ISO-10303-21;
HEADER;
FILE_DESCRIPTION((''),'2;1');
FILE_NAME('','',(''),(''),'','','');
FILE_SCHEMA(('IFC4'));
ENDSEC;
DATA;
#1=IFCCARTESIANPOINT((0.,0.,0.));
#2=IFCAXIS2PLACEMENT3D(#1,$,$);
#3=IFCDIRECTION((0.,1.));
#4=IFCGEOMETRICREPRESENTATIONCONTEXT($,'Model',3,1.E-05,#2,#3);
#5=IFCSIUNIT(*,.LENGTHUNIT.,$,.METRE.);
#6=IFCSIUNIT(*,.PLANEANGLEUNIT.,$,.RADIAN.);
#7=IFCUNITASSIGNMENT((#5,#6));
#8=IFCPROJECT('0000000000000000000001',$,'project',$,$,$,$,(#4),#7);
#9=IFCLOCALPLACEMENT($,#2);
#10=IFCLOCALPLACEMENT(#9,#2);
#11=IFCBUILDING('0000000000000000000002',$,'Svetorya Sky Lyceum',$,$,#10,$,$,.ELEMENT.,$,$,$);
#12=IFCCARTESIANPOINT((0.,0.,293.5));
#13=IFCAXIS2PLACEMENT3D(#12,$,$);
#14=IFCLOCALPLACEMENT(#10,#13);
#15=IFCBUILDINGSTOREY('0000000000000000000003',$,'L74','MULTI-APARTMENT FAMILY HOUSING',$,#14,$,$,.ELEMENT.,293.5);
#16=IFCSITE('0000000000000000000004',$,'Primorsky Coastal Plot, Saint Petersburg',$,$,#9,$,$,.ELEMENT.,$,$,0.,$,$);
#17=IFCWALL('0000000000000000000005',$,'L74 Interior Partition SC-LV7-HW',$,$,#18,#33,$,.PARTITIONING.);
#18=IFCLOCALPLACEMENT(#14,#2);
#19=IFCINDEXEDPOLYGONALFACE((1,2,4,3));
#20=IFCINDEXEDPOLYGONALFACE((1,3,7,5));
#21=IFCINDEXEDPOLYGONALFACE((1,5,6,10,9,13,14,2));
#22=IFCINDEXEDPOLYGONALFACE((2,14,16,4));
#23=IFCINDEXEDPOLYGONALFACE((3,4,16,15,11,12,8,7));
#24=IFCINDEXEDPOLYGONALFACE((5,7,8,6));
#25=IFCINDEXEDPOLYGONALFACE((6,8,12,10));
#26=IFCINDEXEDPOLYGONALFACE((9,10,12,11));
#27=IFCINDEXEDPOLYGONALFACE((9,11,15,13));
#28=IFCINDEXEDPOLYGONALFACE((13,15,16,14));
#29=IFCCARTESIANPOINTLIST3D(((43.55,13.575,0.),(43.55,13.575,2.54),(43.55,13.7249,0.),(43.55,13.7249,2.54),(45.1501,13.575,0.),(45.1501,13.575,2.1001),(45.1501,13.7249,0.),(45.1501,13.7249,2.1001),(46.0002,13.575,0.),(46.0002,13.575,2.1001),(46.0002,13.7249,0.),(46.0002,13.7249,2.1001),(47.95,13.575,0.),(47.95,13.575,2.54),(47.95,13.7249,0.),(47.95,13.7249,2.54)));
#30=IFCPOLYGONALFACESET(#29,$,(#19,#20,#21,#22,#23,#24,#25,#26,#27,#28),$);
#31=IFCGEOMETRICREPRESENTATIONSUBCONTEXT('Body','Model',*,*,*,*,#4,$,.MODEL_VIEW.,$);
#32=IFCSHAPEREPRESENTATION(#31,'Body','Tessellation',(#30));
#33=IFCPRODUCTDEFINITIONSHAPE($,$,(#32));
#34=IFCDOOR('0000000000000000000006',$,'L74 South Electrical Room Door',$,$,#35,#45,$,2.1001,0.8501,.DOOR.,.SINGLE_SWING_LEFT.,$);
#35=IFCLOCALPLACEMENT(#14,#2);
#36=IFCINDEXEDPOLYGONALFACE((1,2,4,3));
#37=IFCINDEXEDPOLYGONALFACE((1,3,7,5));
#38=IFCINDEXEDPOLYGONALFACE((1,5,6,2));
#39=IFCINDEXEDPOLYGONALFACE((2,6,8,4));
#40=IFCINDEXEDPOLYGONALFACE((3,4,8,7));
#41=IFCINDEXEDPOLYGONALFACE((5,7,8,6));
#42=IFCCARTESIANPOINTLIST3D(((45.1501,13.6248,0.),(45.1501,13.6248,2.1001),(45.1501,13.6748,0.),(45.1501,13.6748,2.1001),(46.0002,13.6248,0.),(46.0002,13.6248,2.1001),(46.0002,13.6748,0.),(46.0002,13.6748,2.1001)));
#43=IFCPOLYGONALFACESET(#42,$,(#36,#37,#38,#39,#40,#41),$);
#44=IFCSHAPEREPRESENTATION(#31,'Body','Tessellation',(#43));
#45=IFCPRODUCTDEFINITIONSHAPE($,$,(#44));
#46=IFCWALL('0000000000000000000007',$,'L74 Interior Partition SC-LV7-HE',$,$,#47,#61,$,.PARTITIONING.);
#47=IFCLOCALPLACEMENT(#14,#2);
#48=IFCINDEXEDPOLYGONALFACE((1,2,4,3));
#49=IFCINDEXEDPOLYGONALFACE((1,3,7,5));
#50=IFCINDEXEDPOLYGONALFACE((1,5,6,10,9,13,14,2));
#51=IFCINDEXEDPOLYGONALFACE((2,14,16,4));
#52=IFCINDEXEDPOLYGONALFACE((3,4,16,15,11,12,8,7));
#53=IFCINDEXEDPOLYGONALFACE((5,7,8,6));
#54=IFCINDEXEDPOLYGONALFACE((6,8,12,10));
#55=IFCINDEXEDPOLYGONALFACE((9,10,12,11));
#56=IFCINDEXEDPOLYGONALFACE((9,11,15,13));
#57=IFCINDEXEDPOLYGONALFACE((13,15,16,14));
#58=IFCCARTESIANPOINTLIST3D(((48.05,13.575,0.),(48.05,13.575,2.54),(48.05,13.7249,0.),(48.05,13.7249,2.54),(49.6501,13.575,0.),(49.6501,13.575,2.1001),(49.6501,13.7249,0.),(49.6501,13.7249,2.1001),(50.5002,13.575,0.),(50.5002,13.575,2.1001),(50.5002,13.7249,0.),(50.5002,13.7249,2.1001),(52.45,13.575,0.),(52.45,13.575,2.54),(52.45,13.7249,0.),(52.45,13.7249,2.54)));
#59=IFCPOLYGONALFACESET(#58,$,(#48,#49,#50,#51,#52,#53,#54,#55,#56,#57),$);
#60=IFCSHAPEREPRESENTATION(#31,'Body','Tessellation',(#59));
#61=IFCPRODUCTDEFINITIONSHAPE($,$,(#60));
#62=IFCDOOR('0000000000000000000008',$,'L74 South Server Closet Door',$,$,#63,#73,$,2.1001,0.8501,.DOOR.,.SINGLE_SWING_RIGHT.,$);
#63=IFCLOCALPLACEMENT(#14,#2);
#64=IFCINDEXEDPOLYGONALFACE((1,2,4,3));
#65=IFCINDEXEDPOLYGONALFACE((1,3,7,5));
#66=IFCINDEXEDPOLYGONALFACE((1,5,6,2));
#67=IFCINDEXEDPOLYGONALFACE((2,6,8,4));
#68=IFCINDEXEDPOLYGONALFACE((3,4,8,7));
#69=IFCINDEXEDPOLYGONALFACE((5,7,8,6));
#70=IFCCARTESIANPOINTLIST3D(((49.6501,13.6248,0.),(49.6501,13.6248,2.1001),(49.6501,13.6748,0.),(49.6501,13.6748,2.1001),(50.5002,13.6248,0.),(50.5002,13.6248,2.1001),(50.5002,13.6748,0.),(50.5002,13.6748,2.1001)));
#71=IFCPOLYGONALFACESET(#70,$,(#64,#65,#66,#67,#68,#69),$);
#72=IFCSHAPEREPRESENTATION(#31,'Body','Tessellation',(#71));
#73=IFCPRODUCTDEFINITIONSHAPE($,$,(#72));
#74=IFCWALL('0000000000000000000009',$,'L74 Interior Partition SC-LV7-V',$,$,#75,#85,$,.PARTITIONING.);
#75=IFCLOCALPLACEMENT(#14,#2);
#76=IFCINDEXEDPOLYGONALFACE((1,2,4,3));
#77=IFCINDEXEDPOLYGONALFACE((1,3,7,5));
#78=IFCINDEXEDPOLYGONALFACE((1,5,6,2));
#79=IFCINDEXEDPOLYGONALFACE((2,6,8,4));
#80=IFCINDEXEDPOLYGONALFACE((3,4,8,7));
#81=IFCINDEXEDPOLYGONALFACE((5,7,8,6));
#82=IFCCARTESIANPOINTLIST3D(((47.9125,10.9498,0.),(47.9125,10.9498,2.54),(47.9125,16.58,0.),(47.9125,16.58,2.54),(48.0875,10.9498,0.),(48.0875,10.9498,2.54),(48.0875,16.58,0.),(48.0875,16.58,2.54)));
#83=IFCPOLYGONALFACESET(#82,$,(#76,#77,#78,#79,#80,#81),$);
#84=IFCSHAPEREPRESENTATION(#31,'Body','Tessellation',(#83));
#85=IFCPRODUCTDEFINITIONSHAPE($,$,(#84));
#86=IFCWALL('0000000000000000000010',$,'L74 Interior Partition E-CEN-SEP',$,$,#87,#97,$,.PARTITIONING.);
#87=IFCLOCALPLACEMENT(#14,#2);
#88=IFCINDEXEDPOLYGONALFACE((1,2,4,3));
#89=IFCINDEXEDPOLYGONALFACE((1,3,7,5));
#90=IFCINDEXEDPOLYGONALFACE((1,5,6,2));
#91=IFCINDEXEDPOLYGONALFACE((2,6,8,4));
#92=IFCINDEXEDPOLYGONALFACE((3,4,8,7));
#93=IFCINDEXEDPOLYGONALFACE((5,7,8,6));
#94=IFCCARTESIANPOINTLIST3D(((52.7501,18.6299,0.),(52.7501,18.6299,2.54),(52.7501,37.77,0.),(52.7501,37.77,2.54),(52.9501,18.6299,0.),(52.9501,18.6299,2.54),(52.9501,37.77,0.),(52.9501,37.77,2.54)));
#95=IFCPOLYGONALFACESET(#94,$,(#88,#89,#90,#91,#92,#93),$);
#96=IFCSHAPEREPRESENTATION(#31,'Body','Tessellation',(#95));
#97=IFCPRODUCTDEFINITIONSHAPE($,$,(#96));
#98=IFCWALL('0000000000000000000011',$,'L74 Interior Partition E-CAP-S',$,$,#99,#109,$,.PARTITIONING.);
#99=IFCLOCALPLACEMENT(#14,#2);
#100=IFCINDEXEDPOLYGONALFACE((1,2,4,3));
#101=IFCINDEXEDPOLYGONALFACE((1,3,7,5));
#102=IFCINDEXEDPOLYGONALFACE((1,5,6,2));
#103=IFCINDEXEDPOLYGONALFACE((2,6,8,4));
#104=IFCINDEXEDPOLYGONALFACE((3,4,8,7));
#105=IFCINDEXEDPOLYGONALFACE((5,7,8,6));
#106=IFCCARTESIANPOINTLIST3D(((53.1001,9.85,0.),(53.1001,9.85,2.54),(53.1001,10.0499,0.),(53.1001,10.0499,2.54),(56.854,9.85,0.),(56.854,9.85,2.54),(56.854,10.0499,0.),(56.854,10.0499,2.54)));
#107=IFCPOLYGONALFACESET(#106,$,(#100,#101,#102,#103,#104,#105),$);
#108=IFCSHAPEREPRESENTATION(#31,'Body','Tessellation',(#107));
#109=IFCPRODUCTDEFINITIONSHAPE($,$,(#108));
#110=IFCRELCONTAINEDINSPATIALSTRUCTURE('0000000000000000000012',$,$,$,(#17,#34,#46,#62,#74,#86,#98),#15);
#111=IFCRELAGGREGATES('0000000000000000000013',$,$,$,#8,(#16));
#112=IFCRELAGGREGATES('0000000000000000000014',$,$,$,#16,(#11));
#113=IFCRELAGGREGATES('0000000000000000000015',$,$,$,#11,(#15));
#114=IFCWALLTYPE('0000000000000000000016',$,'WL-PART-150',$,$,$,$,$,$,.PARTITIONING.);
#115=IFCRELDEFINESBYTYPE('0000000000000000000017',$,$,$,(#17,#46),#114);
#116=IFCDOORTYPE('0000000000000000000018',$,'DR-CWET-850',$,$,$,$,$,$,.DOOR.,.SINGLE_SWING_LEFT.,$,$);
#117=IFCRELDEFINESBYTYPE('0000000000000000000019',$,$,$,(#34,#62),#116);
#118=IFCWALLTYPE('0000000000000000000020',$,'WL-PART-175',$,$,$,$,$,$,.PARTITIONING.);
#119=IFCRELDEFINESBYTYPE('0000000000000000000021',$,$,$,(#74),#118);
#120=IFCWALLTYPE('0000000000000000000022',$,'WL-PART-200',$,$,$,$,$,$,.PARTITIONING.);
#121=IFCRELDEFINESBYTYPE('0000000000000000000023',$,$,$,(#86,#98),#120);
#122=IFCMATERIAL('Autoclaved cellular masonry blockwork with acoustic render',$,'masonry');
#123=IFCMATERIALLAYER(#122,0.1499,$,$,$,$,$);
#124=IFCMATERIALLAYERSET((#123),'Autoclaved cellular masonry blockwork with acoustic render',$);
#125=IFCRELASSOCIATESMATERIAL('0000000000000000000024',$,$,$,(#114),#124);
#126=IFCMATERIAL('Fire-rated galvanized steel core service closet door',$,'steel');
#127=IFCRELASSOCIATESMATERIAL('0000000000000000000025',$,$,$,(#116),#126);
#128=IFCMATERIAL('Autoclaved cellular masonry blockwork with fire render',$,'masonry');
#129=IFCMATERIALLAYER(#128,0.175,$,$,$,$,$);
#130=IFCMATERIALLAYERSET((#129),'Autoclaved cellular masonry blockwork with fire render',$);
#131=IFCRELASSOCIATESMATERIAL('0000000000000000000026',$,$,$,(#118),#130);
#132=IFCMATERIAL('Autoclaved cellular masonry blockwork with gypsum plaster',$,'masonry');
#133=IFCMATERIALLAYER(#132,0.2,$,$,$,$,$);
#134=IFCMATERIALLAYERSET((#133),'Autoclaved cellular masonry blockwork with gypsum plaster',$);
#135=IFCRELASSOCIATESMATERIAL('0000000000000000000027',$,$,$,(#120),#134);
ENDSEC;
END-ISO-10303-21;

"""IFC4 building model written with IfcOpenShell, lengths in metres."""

from ifc_helpers import new_model, si_unit, direction, frame, frame_2d, origin, place, context, subcontext, project, spatial, rectangle, extrude, material, layer, layer_set, type_object, element, fill, save


model = new_model("IFC4")

# Units and contexts
model_context = context("Model", 3, precision=1e-05, world=origin(), true_north=direction((0.0, 1.0)))
body_context = subcontext(model_context, "Body", "Model", "MODEL_VIEW")
ifc_project = project(units=[si_unit("LENGTHUNIT", "METRE"), si_unit("PLANEANGLEUNIT", "RADIAN")], contexts=[model_context])

# Site, building, storey
site_placement = place(None, origin())
site = spatial("IfcSite", under=ifc_project, at=site_placement, Name="Primorsky Coastal Plot, Saint Petersburg", CompositionType="ELEMENT", RefElevation=0.0)
building_placement = place(site_placement, origin())
building = spatial("IfcBuilding", under=site, at=building_placement, Name="Svetorya Sky Lyceum", CompositionType="ELEMENT")
storey_placement = place(building_placement, frame((0.0, 0.0, 293.5)))
storey = spatial("IfcBuildingStorey", under=building, at=storey_placement, Name="L74", Description="MULTI-APARTMENT FAMILY HOUSING", CompositionType="ELEMENT", Elevation=293.5)

# Walls, openings, doors
ifc_material_1 = material(Name="Autoclaved cellular masonry blockwork with acoustic render", Category="masonry")
ifc_layer_1 = layer(ifc_material_1, 0.1499)
ifc_layer_set_1 = layer_set([ifc_layer_1], Name="Autoclaved cellular masonry blockwork with acoustic render")
wall_type_1 = type_object("IfcWallType", Name="WL-PART-150", PredefinedType="PARTITIONING", material=ifc_layer_set_1)
wall_1_placement = place(storey_placement, frame((43.55, 13.6499, 0.0), z_axis=(0.0, 0.0, 1.0), x_axis=(1.0, 0.0, 0.0)))
wall_1 = element("IfcWall", 1, at=wall_1_placement, inside=storey, type_object=wall_type_1, Name="L74 Interior Partition SC-LV7-HW", PredefinedType="PARTITIONING", context=body_context, shape_type="SweptSolid", body=[
    extrude(rectangle(XDim=4.3999, YDim=0.1499, at=frame_2d((2.2, 0.0))), origin(), (0.0, 0.0, 1.0), 2.54),
])
opening_1_placement = place(wall_1_placement, frame((1.6001, 0.0, 0.0)))
opening_1 = element("IfcOpeningElement", 2, at=opening_1_placement, cuts=wall_1, PredefinedType="OPENING", context=body_context, shape_type="SweptSolid", body=[
    extrude(rectangle(XDim=0.8501, YDim=2.1001, at=frame_2d((0.425, 1.05))), frame((0.0, 0.085, 0.0), z_axis=(0.0, -1.0, 0.0), x_axis=(1.0, 0.0, 0.0)), (0.0, 0.0, 1.0), 0.1699),
])
ifc_material_2 = material(Name="Fire-rated galvanized steel core service closet door", Category="steel")
door_type = type_object("IfcDoorType", Name="DR-CWET-850", OperationType="SINGLE_SWING_LEFT", PredefinedType="DOOR", material=ifc_material_2)
door_1_placement = place(opening_1_placement, origin())
door_1 = element("IfcDoor", 3, at=door_1_placement, inside=storey, type_object=door_type, Name="L74 South Electrical Room Door", OperationType="SINGLE_SWING_LEFT", OverallHeight=2.1001, OverallWidth=0.8501, PredefinedType="DOOR", context=body_context, shape_type="SweptSolid", body=[
    extrude(rectangle(XDim=0.8501, YDim=2.1001, at=frame_2d((0.425, 1.05))), frame((0.0, 0.0249, 0.0), z_axis=(0.0, -1.0, 0.0), x_axis=(1.0, 0.0, 0.0)), (0.0, 0.0, 1.0), 0.05),
])
fill(opening_1, door_1)
wall_2_placement = place(storey_placement, frame((48.05, 13.6499, 0.0), z_axis=(0.0, 0.0, 1.0), x_axis=(1.0, 0.0, 0.0)))
wall_2 = element("IfcWall", 4, at=wall_2_placement, inside=storey, type_object=wall_type_1, Name="L74 Interior Partition SC-LV7-HE", PredefinedType="PARTITIONING", context=body_context, shape_type="SweptSolid", body=[
    extrude(rectangle(XDim=4.3999, YDim=0.1499, at=frame_2d((2.2, 0.0))), origin(), (0.0, 0.0, 1.0), 2.54),
])
opening_2_placement = place(wall_2_placement, frame((1.6001, 0.0, 0.0)))
opening_2 = element("IfcOpeningElement", 5, at=opening_2_placement, cuts=wall_2, PredefinedType="OPENING", context=body_context, shape_type="SweptSolid", body=[
    extrude(rectangle(XDim=0.8501, YDim=2.1001, at=frame_2d((0.425, 1.05))), frame((0.0, 0.085, 0.0), z_axis=(0.0, -1.0, 0.0), x_axis=(1.0, 0.0, 0.0)), (0.0, 0.0, 1.0), 0.1699),
])
door_2_placement = place(opening_2_placement, origin())
door_2 = element("IfcDoor", 6, at=door_2_placement, inside=storey, type_object=door_type, Name="L74 South Server Closet Door", OperationType="SINGLE_SWING_RIGHT", OverallHeight=2.1001, OverallWidth=0.8501, PredefinedType="DOOR", context=body_context, shape_type="SweptSolid", body=[
    extrude(rectangle(XDim=0.8501, YDim=2.1001, at=frame_2d((0.425, 1.05))), frame((0.0, 0.0249, 0.0), z_axis=(0.0, -1.0, 0.0), x_axis=(1.0, 0.0, 0.0)), (0.0, 0.0, 1.0), 0.05),
])
fill(opening_2, door_2)

# Walls
ifc_material_3 = material(Name="Autoclaved cellular masonry blockwork with fire render", Category="masonry")
ifc_layer_2 = layer(ifc_material_3, 0.175)
ifc_layer_set_2 = layer_set([ifc_layer_2], Name="Autoclaved cellular masonry blockwork with fire render")
wall_type_2 = type_object("IfcWallType", Name="WL-PART-175", PredefinedType="PARTITIONING", material=ifc_layer_set_2)
wall_3_placement = place(storey_placement, frame((48.0, 10.95, 0.0), z_axis=(0.0, 0.0, 1.0), x_axis=(0.0, 1.0, 0.0)))
element("IfcWall", 7, at=wall_3_placement, inside=storey, type_object=wall_type_2, Name="L74 Interior Partition SC-LV7-V", PredefinedType="PARTITIONING", context=body_context, shape_type="SweptSolid", body=[
    extrude(rectangle(XDim=5.6301, YDim=0.175, at=frame_2d((2.8149, 0.0))), origin(), (0.0, 0.0, 1.0), 2.54),
])
ifc_material_4 = material(Name="Autoclaved cellular masonry blockwork with gypsum plaster", Category="masonry")
ifc_layer_3 = layer(ifc_material_4, 0.2)
ifc_layer_set_3 = layer_set([ifc_layer_3], Name="Autoclaved cellular masonry blockwork with gypsum plaster")
wall_type_3 = type_object("IfcWallType", Name="WL-PART-200", PredefinedType="PARTITIONING", material=ifc_layer_set_3)
wall_4_placement = place(storey_placement, frame((52.8501, 18.6299, 0.0), z_axis=(0.0, 0.0, 1.0), x_axis=(0.0, 1.0, 0.0)))
element("IfcWall", 8, at=wall_4_placement, inside=storey, type_object=wall_type_3, Name="L74 Interior Partition E-CEN-SEP", PredefinedType="PARTITIONING", context=body_context, shape_type="SweptSolid", body=[
    extrude(rectangle(XDim=19.1401, YDim=0.2, at=frame_2d((9.5701, 0.0))), origin(), (0.0, 0.0, 1.0), 2.54),
])
wall_5_placement = place(storey_placement, frame((53.1001, 9.95, 0.0), z_axis=(0.0, 0.0, 1.0), x_axis=(1.0, 0.0, 0.0)))
element("IfcWall", 9, at=wall_5_placement, inside=storey, type_object=wall_type_3, Name="L74 Interior Partition E-CAP-S", PredefinedType="PARTITIONING", context=body_context, shape_type="SweptSolid", body=[
    extrude(rectangle(XDim=3.7539, YDim=0.2, at=frame_2d((1.877, 0.0))), origin(), (0.0, 0.0, 1.0), 2.54),
])

save(model, "model.ifc")
